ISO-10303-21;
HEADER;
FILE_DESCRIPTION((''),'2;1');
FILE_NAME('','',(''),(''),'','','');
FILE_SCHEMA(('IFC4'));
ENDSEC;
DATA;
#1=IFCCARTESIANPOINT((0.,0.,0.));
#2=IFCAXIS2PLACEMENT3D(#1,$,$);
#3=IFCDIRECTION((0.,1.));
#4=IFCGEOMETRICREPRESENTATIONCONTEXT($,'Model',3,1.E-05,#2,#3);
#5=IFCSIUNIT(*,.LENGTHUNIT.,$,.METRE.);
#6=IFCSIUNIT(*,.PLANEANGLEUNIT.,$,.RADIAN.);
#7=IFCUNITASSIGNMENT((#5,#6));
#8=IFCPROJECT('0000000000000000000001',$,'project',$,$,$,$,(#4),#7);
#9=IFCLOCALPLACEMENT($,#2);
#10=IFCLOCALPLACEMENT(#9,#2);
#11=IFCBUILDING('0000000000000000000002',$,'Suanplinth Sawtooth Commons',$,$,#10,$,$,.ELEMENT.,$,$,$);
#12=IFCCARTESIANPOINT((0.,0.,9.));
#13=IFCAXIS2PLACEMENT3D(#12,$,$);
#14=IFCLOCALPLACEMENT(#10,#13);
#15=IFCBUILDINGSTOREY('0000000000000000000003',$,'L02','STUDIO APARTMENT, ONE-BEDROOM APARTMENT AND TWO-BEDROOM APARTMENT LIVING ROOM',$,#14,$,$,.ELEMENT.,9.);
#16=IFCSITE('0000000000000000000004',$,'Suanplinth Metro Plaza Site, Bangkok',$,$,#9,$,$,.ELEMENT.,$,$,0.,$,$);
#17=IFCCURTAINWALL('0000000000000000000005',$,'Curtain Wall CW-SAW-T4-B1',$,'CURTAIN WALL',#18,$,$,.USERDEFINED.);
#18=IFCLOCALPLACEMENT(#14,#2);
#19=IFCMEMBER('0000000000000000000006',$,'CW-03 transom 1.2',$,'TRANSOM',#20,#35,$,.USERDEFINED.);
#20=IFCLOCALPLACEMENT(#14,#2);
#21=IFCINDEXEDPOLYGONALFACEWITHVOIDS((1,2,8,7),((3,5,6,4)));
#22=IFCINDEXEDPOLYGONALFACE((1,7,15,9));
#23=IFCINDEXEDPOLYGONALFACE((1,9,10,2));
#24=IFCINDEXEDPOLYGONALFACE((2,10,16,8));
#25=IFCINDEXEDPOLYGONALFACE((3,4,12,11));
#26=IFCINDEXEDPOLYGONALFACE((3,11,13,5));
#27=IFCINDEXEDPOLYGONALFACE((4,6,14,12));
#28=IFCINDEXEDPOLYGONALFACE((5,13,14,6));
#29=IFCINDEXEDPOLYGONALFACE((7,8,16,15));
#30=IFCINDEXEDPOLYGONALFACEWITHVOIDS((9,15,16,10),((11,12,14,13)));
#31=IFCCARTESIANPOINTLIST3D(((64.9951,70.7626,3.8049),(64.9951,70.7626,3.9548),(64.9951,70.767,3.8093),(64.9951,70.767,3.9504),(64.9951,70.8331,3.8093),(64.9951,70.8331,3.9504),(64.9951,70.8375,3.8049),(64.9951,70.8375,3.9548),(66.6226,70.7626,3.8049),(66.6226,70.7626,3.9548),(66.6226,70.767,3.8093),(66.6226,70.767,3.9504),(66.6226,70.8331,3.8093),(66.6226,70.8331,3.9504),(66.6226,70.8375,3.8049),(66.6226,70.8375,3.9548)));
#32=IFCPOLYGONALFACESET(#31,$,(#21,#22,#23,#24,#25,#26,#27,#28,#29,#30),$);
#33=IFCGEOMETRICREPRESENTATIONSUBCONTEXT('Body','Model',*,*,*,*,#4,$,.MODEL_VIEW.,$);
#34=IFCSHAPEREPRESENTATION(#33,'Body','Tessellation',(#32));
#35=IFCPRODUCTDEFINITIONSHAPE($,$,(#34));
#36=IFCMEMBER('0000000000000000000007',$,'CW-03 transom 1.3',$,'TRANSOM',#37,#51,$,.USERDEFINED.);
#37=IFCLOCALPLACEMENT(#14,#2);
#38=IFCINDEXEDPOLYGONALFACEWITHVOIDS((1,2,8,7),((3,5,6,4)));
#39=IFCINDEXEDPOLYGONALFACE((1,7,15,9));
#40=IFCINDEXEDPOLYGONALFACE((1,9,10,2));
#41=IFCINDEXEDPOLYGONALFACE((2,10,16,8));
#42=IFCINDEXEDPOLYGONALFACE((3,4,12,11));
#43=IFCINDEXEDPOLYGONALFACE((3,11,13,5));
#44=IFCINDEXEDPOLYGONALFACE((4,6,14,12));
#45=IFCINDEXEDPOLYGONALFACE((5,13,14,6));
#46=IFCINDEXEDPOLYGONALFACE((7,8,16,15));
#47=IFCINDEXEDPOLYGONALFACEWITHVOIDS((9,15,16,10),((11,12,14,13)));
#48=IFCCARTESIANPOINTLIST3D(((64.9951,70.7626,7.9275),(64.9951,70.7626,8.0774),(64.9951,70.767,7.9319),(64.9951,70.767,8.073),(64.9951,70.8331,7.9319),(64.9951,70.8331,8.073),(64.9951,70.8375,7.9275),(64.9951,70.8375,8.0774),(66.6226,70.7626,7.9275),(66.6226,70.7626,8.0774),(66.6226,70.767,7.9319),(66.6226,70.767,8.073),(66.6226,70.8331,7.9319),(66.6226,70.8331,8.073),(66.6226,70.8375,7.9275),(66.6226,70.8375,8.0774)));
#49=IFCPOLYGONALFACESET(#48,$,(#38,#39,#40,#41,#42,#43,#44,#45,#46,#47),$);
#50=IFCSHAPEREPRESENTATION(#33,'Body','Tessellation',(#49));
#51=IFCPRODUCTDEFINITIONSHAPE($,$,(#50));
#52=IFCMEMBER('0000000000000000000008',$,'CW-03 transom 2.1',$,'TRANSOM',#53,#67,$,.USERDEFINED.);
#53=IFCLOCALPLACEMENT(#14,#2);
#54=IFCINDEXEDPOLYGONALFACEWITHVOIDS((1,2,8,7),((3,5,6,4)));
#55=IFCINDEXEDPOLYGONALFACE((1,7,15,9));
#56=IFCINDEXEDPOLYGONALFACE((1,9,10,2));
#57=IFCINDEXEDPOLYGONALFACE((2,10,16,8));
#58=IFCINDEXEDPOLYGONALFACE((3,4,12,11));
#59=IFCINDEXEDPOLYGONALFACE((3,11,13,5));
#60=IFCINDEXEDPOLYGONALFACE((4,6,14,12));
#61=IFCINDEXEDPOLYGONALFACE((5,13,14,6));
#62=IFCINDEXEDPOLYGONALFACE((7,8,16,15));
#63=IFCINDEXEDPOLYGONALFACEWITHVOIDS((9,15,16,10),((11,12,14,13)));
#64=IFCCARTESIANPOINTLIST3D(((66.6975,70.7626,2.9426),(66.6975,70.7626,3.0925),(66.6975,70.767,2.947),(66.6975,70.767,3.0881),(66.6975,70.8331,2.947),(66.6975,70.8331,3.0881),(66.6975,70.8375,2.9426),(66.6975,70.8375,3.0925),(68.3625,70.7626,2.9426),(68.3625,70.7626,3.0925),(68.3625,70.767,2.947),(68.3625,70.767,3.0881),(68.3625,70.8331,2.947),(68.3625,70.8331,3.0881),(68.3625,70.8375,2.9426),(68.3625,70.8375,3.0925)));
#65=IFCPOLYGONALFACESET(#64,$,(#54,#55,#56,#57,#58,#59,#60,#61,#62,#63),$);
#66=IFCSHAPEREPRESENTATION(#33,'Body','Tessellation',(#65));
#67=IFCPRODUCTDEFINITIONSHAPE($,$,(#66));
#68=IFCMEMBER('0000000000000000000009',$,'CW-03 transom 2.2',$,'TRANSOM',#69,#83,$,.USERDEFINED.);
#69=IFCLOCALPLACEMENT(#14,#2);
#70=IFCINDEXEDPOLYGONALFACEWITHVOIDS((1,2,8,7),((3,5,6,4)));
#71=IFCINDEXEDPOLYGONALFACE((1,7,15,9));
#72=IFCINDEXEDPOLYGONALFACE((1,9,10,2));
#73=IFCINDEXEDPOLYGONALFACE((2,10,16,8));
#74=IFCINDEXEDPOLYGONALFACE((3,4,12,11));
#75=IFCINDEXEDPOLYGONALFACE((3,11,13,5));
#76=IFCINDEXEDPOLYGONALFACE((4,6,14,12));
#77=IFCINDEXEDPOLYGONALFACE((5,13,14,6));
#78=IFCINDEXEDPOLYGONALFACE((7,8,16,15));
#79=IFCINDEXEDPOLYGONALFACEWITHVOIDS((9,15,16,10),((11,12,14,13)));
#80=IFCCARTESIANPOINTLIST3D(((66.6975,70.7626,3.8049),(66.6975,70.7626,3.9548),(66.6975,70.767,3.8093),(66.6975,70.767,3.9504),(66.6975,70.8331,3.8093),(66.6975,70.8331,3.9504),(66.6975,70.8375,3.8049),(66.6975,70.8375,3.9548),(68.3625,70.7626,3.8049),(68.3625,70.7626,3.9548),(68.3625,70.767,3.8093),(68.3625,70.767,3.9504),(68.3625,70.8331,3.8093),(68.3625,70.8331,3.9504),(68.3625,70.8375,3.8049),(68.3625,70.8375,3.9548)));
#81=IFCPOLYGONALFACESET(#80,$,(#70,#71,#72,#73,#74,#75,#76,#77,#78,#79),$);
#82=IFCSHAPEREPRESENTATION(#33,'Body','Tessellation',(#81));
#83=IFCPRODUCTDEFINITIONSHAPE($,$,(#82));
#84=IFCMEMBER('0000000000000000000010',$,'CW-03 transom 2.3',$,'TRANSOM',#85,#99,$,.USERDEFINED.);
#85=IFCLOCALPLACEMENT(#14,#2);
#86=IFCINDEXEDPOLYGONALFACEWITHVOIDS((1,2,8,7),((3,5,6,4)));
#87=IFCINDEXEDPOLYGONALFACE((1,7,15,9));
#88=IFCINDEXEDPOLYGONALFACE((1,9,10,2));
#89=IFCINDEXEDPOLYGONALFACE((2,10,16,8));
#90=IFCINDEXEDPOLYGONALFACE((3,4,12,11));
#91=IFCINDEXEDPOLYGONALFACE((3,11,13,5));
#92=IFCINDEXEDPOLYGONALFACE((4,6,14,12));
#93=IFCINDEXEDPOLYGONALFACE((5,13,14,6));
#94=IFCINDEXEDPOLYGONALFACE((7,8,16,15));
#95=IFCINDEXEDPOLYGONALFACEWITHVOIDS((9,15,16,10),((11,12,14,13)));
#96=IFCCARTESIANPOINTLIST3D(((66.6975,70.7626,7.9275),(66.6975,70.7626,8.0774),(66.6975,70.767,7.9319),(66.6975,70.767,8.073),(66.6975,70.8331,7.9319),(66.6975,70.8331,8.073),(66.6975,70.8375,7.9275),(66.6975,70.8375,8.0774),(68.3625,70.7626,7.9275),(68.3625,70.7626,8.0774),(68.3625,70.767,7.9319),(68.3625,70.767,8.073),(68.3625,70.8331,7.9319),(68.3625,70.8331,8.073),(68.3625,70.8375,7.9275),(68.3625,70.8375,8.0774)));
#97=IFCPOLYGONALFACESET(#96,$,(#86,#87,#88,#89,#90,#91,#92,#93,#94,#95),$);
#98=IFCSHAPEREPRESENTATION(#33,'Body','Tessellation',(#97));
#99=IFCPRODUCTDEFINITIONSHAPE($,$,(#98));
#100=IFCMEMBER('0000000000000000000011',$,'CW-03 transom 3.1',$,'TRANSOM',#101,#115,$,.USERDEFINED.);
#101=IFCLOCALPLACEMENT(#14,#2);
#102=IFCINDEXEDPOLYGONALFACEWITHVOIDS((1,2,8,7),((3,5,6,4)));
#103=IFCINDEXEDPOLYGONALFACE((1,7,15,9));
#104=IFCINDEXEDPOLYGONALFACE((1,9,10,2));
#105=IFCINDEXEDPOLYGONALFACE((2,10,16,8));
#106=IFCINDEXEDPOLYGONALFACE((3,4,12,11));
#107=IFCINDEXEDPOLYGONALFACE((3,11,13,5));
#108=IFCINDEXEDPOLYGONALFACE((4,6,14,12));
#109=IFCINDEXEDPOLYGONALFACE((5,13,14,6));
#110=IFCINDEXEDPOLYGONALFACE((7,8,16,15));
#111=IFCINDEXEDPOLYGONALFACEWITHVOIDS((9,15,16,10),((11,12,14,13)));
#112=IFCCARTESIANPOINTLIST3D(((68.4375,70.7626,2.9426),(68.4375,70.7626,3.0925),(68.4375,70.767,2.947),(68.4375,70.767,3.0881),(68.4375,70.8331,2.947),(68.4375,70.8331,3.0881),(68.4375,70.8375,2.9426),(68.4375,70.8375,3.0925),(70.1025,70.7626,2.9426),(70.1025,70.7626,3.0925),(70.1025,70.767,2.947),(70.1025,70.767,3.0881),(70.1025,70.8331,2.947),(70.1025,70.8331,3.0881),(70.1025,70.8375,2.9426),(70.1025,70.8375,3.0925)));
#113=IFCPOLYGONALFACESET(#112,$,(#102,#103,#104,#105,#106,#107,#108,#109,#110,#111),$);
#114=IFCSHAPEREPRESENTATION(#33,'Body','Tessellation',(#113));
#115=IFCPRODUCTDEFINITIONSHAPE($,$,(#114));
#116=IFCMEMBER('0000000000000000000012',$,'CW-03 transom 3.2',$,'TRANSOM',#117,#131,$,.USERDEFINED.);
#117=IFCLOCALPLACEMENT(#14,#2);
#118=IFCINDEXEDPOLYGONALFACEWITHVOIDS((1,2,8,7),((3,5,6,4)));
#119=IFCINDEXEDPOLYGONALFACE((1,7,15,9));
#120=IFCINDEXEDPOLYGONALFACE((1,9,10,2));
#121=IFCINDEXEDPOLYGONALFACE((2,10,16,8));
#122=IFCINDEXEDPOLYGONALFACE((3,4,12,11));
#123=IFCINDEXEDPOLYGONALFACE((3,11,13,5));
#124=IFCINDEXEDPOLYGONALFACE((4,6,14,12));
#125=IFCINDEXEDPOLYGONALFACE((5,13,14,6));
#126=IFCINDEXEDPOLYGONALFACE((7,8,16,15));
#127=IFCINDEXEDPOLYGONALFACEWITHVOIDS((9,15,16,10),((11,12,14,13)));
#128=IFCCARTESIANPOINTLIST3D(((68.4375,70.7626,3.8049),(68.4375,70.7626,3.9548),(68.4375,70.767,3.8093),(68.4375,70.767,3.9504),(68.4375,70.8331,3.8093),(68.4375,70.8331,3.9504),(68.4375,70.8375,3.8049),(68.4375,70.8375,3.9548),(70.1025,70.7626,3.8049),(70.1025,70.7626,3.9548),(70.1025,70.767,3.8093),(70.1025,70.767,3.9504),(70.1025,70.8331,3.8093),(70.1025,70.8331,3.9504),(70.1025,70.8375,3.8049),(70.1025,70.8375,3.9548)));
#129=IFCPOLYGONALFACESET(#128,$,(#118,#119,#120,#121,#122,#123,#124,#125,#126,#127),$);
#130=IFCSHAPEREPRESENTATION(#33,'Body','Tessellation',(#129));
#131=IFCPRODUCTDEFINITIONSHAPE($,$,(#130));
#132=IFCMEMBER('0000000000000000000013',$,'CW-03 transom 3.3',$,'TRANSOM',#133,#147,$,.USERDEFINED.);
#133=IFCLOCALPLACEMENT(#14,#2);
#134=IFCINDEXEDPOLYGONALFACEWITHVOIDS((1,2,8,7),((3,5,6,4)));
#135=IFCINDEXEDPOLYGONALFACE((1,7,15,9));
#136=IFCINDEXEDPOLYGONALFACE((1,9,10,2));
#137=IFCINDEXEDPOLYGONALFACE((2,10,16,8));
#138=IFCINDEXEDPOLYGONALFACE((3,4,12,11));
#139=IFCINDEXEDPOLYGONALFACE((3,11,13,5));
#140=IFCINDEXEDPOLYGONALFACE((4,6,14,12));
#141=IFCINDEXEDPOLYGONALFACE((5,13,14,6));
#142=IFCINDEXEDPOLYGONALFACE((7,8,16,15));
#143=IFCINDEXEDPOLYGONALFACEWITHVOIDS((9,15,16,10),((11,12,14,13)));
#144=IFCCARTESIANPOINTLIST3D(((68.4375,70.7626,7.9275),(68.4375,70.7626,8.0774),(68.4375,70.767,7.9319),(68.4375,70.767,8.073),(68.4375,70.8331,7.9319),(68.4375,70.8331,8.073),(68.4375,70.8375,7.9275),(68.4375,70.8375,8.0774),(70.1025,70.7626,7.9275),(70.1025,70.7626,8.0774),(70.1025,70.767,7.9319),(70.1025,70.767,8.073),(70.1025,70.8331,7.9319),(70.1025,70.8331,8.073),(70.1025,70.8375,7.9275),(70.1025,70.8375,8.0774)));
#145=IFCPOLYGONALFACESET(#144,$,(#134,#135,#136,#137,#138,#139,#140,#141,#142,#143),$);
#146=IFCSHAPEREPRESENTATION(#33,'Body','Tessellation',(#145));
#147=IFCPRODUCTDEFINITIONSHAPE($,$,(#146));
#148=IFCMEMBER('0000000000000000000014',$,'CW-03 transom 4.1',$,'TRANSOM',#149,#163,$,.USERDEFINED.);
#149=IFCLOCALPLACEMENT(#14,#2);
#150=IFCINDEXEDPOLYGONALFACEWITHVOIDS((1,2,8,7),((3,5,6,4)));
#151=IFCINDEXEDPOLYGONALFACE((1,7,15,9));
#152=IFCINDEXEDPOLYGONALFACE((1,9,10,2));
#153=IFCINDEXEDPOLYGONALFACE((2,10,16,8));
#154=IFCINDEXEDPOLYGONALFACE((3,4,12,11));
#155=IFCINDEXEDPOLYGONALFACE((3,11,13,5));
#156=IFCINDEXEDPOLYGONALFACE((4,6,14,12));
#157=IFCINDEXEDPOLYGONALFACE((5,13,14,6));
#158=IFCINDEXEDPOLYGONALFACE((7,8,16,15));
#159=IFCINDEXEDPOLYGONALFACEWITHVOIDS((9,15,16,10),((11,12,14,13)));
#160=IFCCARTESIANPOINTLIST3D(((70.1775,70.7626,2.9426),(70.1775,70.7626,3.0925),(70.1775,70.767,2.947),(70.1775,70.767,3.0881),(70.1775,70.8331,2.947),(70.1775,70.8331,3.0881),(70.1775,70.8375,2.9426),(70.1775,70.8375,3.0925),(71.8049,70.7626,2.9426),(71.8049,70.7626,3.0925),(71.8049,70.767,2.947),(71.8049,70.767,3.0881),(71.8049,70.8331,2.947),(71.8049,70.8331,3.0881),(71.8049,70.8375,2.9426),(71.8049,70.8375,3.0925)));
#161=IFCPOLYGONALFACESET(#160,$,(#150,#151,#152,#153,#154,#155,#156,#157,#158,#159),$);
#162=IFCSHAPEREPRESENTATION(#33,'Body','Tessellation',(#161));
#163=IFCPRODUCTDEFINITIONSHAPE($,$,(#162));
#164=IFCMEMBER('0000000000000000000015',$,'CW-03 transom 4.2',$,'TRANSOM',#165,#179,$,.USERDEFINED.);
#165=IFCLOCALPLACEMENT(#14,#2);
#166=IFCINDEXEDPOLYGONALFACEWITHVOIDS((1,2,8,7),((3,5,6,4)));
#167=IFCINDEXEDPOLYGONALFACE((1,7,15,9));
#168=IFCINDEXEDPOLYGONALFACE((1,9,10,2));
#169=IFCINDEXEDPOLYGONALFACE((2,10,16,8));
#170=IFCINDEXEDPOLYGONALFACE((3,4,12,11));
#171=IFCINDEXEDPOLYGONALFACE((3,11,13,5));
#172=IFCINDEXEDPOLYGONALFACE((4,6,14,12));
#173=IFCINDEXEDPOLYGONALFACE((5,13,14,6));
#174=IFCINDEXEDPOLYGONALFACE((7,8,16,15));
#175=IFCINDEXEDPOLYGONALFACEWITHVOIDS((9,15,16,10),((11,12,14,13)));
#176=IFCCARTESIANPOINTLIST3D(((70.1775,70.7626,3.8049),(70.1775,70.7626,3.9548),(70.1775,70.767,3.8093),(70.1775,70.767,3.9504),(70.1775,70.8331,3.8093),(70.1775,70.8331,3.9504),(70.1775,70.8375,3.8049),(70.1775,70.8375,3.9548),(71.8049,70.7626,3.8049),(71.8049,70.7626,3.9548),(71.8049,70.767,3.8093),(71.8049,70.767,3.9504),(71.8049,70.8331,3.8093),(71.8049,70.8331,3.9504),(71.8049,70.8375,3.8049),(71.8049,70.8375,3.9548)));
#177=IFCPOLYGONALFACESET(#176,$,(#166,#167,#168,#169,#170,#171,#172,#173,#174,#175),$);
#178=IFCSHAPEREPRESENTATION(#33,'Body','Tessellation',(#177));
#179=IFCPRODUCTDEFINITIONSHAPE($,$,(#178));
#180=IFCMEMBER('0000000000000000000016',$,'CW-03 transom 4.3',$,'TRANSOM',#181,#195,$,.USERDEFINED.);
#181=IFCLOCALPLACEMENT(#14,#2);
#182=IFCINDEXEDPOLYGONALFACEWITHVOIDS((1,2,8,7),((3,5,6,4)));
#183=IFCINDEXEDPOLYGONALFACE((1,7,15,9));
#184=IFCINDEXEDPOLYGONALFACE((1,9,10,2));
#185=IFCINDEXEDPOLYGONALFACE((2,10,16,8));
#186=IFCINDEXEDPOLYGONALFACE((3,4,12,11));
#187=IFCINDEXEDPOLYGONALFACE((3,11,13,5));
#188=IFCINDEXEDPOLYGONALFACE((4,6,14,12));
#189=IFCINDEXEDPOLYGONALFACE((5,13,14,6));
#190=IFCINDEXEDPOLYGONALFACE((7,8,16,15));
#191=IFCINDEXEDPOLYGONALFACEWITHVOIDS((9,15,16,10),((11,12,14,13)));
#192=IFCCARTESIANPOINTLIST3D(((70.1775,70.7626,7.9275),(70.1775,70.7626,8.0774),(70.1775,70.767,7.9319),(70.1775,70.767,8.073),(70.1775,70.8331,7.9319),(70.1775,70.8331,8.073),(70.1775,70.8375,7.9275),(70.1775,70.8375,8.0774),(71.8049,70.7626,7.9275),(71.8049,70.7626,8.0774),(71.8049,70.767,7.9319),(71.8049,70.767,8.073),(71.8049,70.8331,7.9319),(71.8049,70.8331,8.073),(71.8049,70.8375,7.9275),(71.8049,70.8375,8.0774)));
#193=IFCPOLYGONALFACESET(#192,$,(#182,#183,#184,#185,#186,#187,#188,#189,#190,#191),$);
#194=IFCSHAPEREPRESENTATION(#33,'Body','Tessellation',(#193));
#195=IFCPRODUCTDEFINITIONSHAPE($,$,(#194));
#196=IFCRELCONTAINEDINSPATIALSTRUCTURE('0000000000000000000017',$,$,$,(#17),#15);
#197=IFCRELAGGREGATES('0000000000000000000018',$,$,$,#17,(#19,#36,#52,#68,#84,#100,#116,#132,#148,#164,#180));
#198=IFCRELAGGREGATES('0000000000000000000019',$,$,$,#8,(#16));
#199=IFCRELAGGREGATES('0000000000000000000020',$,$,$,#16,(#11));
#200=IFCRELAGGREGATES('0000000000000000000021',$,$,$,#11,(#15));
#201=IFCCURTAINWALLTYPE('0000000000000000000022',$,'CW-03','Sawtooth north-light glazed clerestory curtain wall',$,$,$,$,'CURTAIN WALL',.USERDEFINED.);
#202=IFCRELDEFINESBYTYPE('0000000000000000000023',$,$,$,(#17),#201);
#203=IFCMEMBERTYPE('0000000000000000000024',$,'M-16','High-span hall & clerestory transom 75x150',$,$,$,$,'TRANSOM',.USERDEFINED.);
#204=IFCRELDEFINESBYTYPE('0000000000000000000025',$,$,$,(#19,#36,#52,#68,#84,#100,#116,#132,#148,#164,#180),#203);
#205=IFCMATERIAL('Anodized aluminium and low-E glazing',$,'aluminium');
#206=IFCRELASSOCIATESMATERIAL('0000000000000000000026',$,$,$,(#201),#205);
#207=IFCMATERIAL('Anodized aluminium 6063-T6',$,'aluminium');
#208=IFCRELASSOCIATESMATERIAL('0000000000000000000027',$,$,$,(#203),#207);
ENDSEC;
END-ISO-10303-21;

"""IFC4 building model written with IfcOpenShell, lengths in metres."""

from ifc_helpers import new_model, si_unit, direction, frame, origin, origin_2d, place, context, subcontext, project, spatial, hollow_rectangle, extrude, material, material_profile, profile_set, type_object, element, aggregate, save


model = new_model("IFC4")

# Units and contexts
model_context = context("Model", 3, precision=1e-05, world=origin(), true_north=direction((0.0, 1.0)))
body_context = subcontext(model_context, "Body", "Model", "MODEL_VIEW")
ifc_project = project(units=[si_unit("LENGTHUNIT", "METRE"), si_unit("PLANEANGLEUNIT", "RADIAN")], contexts=[model_context])

# Site, building, storey
site_placement = place(None, origin())
site = spatial("IfcSite", under=ifc_project, at=site_placement, Name="Suanplinth Metro Plaza Site, Bangkok", CompositionType="ELEMENT", RefElevation=0.0)
building_placement = place(site_placement, origin())
building = spatial("IfcBuilding", under=site, at=building_placement, Name="Suanplinth Sawtooth Commons", CompositionType="ELEMENT")
storey_placement = place(building_placement, frame((0.0, 0.0, 9.0)))
storey = spatial("IfcBuildingStorey", under=building, at=storey_placement, Name="L02", Description="STUDIO APARTMENT, ONE-BEDROOM APARTMENT AND TWO-BEDROOM APARTMENT LIVING ROOM", CompositionType="ELEMENT", Elevation=9.0)

# Curtain wall, members
ifc_material_1 = material(Name="Anodized aluminium and low-E glazing", Category="aluminium")
curtain_wall_type = type_object("IfcCurtainWallType", Name="CW-03", Description="Sawtooth north-light glazed clerestory curtain wall", ElementType="CURTAIN WALL", PredefinedType="USERDEFINED", material=ifc_material_1)
curtain_wall_placement = place(storey_placement, origin())
curtain_wall = element("IfcCurtainWall", 1, at=curtain_wall_placement, inside=storey, type_object=curtain_wall_type, Name="Curtain Wall CW-SAW-T4-B1", ObjectType="CURTAIN WALL", PredefinedType="USERDEFINED")
ifc_material_2 = material(Name="Anodized aluminium 6063-T6", Category="aluminium")
ifc_material_profile_1 = material_profile(ifc_material_2, hollow_rectangle(XDim=0.075, YDim=0.1499, WallThickness=0.0044, at=origin_2d()), Name="ALU-TRN 75x150")
ifc_profile_set_1 = profile_set([ifc_material_profile_1], Name="Anodized aluminium 6063-T6")
member_type_1 = type_object("IfcMemberType", Name="M-16", Description="High-span hall & clerestory transom 75x150", ElementType="TRANSOM", PredefinedType="USERDEFINED", material=ifc_profile_set_1)
member_1_placement = place(storey_placement, frame((64.9951, 70.8, 3.8799), z_axis=(1.0, 0.0, 0.0), x_axis=(0.0, 1.0, 0.0)))
member_1 = element("IfcMember", 2, at=member_1_placement, type_object=member_type_1, Name="CW-03 transom 1.2", ObjectType="TRANSOM", PredefinedType="USERDEFINED", context=body_context, shape_type="SweptSolid", body=[
    extrude(hollow_rectangle(XDim=0.075, YDim=0.1499, WallThickness=0.0044, at=origin_2d()), origin(), (0.0, 0.0, 1.0), 1.6274),
])
member_2_placement = place(storey_placement, frame((64.9951, 70.8, 8.0024), z_axis=(1.0, 0.0, 0.0), x_axis=(0.0, 1.0, 0.0)))
member_2 = element("IfcMember", 3, at=member_2_placement, type_object=member_type_1, Name="CW-03 transom 1.3", ObjectType="TRANSOM", PredefinedType="USERDEFINED", context=body_context, shape_type="SweptSolid", body=[
    extrude(hollow_rectangle(XDim=0.075, YDim=0.1499, WallThickness=0.0044, at=origin_2d()), origin(), (0.0, 0.0, 1.0), 1.6274),
])
member_3_placement = place(storey_placement, frame((66.6975, 70.8, 3.0176), z_axis=(1.0, 0.0, 0.0), x_axis=(0.0, 1.0, 0.0)))
member_3 = element("IfcMember", 4, at=member_3_placement, type_object=member_type_1, Name="CW-03 transom 2.1", ObjectType="TRANSOM", PredefinedType="USERDEFINED", context=body_context, shape_type="SweptSolid", body=[
    extrude(hollow_rectangle(XDim=0.075, YDim=0.1499, WallThickness=0.0044, at=origin_2d()), origin(), (0.0, 0.0, 1.0), 1.665),
])
member_4_placement = place(storey_placement, frame((66.6975, 70.8, 3.8799), z_axis=(1.0, 0.0, 0.0), x_axis=(0.0, 1.0, 0.0)))
member_4 = element("IfcMember", 5, at=member_4_placement, type_object=member_type_1, Name="CW-03 transom 2.2", ObjectType="TRANSOM", PredefinedType="USERDEFINED", context=body_context, shape_type="SweptSolid", body=[
    extrude(hollow_rectangle(XDim=0.075, YDim=0.1499, WallThickness=0.0044, at=origin_2d()), origin(), (0.0, 0.0, 1.0), 1.665),
])
member_5_placement = place(storey_placement, frame((66.6975, 70.8, 8.0024), z_axis=(1.0, 0.0, 0.0), x_axis=(0.0, 1.0, 0.0)))
member_5 = element("IfcMember", 6, at=member_5_placement, type_object=member_type_1, Name="CW-03 transom 2.3", ObjectType="TRANSOM", PredefinedType="USERDEFINED", context=body_context, shape_type="SweptSolid", body=[
    extrude(hollow_rectangle(XDim=0.075, YDim=0.1499, WallThickness=0.0044, at=origin_2d()), origin(), (0.0, 0.0, 1.0), 1.665),
])
member_6_placement = place(storey_placement, frame((68.4375, 70.8, 3.0176), z_axis=(1.0, 0.0, 0.0), x_axis=(0.0, 1.0, 0.0)))
member_6 = element("IfcMember", 7, at=member_6_placement, type_object=member_type_1, Name="CW-03 transom 3.1", ObjectType="TRANSOM", PredefinedType="USERDEFINED", context=body_context, shape_type="SweptSolid", body=[
    extrude(hollow_rectangle(XDim=0.075, YDim=0.1499, WallThickness=0.0044, at=origin_2d()), origin(), (0.0, 0.0, 1.0), 1.665),
])
member_7_placement = place(storey_placement, frame((68.4375, 70.8, 3.8799), z_axis=(1.0, 0.0, 0.0), x_axis=(0.0, 1.0, 0.0)))
member_7 = element("IfcMember", 8, at=member_7_placement, type_object=member_type_1, Name="CW-03 transom 3.2", ObjectType="TRANSOM", PredefinedType="USERDEFINED", context=body_context, shape_type="SweptSolid", body=[
    extrude(hollow_rectangle(XDim=0.075, YDim=0.1499, WallThickness=0.0044, at=origin_2d()), origin(), (0.0, 0.0, 1.0), 1.665),
])
member_8_placement = place(storey_placement, frame((68.4375, 70.8, 8.0024), z_axis=(1.0, 0.0, 0.0), x_axis=(0.0, 1.0, 0.0)))
member_8 = element("IfcMember", 9, at=member_8_placement, type_object=member_type_1, Name="CW-03 transom 3.3", ObjectType="TRANSOM", PredefinedType="USERDEFINED", context=body_context, shape_type="SweptSolid", body=[
    extrude(hollow_rectangle(XDim=0.075, YDim=0.1499, WallThickness=0.0044, at=origin_2d()), origin(), (0.0, 0.0, 1.0), 1.665),
])
member_9_placement = place(storey_placement, frame((70.1775, 70.8, 3.0176), z_axis=(1.0, 0.0, 0.0), x_axis=(0.0, 1.0, 0.0)))
member_9 = element("IfcMember", 10, at=member_9_placement, type_object=member_type_1, Name="CW-03 transom 4.1", ObjectType="TRANSOM", PredefinedType="USERDEFINED", context=body_context, shape_type="SweptSolid", body=[
    extrude(hollow_rectangle(XDim=0.075, YDim=0.1499, WallThickness=0.0044, at=origin_2d()), origin(), (0.0, 0.0, 1.0), 1.6274),
])
member_10_placement = place(storey_placement, frame((70.1775, 70.8, 3.8799), z_axis=(1.0, 0.0, 0.0), x_axis=(0.0, 1.0, 0.0)))
member_10 = element("IfcMember", 11, at=member_10_placement, type_object=member_type_1, Name="CW-03 transom 4.2", ObjectType="TRANSOM", PredefinedType="USERDEFINED", context=body_context, shape_type="SweptSolid", body=[
    extrude(hollow_rectangle(XDim=0.075, YDim=0.1499, WallThickness=0.0044, at=origin_2d()), origin(), (0.0, 0.0, 1.0), 1.6274),
])
member_11_placement = place(storey_placement, frame((70.1775, 70.8, 8.0024), z_axis=(1.0, 0.0, 0.0), x_axis=(0.0, 1.0, 0.0)))
member_11 = element("IfcMember", 12, at=member_11_placement, type_object=member_type_1, Name="CW-03 transom 4.3", ObjectType="TRANSOM", PredefinedType="USERDEFINED", context=body_context, shape_type="SweptSolid", body=[
    extrude(hollow_rectangle(XDim=0.075, YDim=0.1499, WallThickness=0.0044, at=origin_2d()), origin(), (0.0, 0.0, 1.0), 1.6274),
])

aggregate(curtain_wall, [member_1, member_2, member_3, member_4, member_5, member_6, member_7, member_8, member_9, member_10, member_11])

save(model, "model.ifc")
